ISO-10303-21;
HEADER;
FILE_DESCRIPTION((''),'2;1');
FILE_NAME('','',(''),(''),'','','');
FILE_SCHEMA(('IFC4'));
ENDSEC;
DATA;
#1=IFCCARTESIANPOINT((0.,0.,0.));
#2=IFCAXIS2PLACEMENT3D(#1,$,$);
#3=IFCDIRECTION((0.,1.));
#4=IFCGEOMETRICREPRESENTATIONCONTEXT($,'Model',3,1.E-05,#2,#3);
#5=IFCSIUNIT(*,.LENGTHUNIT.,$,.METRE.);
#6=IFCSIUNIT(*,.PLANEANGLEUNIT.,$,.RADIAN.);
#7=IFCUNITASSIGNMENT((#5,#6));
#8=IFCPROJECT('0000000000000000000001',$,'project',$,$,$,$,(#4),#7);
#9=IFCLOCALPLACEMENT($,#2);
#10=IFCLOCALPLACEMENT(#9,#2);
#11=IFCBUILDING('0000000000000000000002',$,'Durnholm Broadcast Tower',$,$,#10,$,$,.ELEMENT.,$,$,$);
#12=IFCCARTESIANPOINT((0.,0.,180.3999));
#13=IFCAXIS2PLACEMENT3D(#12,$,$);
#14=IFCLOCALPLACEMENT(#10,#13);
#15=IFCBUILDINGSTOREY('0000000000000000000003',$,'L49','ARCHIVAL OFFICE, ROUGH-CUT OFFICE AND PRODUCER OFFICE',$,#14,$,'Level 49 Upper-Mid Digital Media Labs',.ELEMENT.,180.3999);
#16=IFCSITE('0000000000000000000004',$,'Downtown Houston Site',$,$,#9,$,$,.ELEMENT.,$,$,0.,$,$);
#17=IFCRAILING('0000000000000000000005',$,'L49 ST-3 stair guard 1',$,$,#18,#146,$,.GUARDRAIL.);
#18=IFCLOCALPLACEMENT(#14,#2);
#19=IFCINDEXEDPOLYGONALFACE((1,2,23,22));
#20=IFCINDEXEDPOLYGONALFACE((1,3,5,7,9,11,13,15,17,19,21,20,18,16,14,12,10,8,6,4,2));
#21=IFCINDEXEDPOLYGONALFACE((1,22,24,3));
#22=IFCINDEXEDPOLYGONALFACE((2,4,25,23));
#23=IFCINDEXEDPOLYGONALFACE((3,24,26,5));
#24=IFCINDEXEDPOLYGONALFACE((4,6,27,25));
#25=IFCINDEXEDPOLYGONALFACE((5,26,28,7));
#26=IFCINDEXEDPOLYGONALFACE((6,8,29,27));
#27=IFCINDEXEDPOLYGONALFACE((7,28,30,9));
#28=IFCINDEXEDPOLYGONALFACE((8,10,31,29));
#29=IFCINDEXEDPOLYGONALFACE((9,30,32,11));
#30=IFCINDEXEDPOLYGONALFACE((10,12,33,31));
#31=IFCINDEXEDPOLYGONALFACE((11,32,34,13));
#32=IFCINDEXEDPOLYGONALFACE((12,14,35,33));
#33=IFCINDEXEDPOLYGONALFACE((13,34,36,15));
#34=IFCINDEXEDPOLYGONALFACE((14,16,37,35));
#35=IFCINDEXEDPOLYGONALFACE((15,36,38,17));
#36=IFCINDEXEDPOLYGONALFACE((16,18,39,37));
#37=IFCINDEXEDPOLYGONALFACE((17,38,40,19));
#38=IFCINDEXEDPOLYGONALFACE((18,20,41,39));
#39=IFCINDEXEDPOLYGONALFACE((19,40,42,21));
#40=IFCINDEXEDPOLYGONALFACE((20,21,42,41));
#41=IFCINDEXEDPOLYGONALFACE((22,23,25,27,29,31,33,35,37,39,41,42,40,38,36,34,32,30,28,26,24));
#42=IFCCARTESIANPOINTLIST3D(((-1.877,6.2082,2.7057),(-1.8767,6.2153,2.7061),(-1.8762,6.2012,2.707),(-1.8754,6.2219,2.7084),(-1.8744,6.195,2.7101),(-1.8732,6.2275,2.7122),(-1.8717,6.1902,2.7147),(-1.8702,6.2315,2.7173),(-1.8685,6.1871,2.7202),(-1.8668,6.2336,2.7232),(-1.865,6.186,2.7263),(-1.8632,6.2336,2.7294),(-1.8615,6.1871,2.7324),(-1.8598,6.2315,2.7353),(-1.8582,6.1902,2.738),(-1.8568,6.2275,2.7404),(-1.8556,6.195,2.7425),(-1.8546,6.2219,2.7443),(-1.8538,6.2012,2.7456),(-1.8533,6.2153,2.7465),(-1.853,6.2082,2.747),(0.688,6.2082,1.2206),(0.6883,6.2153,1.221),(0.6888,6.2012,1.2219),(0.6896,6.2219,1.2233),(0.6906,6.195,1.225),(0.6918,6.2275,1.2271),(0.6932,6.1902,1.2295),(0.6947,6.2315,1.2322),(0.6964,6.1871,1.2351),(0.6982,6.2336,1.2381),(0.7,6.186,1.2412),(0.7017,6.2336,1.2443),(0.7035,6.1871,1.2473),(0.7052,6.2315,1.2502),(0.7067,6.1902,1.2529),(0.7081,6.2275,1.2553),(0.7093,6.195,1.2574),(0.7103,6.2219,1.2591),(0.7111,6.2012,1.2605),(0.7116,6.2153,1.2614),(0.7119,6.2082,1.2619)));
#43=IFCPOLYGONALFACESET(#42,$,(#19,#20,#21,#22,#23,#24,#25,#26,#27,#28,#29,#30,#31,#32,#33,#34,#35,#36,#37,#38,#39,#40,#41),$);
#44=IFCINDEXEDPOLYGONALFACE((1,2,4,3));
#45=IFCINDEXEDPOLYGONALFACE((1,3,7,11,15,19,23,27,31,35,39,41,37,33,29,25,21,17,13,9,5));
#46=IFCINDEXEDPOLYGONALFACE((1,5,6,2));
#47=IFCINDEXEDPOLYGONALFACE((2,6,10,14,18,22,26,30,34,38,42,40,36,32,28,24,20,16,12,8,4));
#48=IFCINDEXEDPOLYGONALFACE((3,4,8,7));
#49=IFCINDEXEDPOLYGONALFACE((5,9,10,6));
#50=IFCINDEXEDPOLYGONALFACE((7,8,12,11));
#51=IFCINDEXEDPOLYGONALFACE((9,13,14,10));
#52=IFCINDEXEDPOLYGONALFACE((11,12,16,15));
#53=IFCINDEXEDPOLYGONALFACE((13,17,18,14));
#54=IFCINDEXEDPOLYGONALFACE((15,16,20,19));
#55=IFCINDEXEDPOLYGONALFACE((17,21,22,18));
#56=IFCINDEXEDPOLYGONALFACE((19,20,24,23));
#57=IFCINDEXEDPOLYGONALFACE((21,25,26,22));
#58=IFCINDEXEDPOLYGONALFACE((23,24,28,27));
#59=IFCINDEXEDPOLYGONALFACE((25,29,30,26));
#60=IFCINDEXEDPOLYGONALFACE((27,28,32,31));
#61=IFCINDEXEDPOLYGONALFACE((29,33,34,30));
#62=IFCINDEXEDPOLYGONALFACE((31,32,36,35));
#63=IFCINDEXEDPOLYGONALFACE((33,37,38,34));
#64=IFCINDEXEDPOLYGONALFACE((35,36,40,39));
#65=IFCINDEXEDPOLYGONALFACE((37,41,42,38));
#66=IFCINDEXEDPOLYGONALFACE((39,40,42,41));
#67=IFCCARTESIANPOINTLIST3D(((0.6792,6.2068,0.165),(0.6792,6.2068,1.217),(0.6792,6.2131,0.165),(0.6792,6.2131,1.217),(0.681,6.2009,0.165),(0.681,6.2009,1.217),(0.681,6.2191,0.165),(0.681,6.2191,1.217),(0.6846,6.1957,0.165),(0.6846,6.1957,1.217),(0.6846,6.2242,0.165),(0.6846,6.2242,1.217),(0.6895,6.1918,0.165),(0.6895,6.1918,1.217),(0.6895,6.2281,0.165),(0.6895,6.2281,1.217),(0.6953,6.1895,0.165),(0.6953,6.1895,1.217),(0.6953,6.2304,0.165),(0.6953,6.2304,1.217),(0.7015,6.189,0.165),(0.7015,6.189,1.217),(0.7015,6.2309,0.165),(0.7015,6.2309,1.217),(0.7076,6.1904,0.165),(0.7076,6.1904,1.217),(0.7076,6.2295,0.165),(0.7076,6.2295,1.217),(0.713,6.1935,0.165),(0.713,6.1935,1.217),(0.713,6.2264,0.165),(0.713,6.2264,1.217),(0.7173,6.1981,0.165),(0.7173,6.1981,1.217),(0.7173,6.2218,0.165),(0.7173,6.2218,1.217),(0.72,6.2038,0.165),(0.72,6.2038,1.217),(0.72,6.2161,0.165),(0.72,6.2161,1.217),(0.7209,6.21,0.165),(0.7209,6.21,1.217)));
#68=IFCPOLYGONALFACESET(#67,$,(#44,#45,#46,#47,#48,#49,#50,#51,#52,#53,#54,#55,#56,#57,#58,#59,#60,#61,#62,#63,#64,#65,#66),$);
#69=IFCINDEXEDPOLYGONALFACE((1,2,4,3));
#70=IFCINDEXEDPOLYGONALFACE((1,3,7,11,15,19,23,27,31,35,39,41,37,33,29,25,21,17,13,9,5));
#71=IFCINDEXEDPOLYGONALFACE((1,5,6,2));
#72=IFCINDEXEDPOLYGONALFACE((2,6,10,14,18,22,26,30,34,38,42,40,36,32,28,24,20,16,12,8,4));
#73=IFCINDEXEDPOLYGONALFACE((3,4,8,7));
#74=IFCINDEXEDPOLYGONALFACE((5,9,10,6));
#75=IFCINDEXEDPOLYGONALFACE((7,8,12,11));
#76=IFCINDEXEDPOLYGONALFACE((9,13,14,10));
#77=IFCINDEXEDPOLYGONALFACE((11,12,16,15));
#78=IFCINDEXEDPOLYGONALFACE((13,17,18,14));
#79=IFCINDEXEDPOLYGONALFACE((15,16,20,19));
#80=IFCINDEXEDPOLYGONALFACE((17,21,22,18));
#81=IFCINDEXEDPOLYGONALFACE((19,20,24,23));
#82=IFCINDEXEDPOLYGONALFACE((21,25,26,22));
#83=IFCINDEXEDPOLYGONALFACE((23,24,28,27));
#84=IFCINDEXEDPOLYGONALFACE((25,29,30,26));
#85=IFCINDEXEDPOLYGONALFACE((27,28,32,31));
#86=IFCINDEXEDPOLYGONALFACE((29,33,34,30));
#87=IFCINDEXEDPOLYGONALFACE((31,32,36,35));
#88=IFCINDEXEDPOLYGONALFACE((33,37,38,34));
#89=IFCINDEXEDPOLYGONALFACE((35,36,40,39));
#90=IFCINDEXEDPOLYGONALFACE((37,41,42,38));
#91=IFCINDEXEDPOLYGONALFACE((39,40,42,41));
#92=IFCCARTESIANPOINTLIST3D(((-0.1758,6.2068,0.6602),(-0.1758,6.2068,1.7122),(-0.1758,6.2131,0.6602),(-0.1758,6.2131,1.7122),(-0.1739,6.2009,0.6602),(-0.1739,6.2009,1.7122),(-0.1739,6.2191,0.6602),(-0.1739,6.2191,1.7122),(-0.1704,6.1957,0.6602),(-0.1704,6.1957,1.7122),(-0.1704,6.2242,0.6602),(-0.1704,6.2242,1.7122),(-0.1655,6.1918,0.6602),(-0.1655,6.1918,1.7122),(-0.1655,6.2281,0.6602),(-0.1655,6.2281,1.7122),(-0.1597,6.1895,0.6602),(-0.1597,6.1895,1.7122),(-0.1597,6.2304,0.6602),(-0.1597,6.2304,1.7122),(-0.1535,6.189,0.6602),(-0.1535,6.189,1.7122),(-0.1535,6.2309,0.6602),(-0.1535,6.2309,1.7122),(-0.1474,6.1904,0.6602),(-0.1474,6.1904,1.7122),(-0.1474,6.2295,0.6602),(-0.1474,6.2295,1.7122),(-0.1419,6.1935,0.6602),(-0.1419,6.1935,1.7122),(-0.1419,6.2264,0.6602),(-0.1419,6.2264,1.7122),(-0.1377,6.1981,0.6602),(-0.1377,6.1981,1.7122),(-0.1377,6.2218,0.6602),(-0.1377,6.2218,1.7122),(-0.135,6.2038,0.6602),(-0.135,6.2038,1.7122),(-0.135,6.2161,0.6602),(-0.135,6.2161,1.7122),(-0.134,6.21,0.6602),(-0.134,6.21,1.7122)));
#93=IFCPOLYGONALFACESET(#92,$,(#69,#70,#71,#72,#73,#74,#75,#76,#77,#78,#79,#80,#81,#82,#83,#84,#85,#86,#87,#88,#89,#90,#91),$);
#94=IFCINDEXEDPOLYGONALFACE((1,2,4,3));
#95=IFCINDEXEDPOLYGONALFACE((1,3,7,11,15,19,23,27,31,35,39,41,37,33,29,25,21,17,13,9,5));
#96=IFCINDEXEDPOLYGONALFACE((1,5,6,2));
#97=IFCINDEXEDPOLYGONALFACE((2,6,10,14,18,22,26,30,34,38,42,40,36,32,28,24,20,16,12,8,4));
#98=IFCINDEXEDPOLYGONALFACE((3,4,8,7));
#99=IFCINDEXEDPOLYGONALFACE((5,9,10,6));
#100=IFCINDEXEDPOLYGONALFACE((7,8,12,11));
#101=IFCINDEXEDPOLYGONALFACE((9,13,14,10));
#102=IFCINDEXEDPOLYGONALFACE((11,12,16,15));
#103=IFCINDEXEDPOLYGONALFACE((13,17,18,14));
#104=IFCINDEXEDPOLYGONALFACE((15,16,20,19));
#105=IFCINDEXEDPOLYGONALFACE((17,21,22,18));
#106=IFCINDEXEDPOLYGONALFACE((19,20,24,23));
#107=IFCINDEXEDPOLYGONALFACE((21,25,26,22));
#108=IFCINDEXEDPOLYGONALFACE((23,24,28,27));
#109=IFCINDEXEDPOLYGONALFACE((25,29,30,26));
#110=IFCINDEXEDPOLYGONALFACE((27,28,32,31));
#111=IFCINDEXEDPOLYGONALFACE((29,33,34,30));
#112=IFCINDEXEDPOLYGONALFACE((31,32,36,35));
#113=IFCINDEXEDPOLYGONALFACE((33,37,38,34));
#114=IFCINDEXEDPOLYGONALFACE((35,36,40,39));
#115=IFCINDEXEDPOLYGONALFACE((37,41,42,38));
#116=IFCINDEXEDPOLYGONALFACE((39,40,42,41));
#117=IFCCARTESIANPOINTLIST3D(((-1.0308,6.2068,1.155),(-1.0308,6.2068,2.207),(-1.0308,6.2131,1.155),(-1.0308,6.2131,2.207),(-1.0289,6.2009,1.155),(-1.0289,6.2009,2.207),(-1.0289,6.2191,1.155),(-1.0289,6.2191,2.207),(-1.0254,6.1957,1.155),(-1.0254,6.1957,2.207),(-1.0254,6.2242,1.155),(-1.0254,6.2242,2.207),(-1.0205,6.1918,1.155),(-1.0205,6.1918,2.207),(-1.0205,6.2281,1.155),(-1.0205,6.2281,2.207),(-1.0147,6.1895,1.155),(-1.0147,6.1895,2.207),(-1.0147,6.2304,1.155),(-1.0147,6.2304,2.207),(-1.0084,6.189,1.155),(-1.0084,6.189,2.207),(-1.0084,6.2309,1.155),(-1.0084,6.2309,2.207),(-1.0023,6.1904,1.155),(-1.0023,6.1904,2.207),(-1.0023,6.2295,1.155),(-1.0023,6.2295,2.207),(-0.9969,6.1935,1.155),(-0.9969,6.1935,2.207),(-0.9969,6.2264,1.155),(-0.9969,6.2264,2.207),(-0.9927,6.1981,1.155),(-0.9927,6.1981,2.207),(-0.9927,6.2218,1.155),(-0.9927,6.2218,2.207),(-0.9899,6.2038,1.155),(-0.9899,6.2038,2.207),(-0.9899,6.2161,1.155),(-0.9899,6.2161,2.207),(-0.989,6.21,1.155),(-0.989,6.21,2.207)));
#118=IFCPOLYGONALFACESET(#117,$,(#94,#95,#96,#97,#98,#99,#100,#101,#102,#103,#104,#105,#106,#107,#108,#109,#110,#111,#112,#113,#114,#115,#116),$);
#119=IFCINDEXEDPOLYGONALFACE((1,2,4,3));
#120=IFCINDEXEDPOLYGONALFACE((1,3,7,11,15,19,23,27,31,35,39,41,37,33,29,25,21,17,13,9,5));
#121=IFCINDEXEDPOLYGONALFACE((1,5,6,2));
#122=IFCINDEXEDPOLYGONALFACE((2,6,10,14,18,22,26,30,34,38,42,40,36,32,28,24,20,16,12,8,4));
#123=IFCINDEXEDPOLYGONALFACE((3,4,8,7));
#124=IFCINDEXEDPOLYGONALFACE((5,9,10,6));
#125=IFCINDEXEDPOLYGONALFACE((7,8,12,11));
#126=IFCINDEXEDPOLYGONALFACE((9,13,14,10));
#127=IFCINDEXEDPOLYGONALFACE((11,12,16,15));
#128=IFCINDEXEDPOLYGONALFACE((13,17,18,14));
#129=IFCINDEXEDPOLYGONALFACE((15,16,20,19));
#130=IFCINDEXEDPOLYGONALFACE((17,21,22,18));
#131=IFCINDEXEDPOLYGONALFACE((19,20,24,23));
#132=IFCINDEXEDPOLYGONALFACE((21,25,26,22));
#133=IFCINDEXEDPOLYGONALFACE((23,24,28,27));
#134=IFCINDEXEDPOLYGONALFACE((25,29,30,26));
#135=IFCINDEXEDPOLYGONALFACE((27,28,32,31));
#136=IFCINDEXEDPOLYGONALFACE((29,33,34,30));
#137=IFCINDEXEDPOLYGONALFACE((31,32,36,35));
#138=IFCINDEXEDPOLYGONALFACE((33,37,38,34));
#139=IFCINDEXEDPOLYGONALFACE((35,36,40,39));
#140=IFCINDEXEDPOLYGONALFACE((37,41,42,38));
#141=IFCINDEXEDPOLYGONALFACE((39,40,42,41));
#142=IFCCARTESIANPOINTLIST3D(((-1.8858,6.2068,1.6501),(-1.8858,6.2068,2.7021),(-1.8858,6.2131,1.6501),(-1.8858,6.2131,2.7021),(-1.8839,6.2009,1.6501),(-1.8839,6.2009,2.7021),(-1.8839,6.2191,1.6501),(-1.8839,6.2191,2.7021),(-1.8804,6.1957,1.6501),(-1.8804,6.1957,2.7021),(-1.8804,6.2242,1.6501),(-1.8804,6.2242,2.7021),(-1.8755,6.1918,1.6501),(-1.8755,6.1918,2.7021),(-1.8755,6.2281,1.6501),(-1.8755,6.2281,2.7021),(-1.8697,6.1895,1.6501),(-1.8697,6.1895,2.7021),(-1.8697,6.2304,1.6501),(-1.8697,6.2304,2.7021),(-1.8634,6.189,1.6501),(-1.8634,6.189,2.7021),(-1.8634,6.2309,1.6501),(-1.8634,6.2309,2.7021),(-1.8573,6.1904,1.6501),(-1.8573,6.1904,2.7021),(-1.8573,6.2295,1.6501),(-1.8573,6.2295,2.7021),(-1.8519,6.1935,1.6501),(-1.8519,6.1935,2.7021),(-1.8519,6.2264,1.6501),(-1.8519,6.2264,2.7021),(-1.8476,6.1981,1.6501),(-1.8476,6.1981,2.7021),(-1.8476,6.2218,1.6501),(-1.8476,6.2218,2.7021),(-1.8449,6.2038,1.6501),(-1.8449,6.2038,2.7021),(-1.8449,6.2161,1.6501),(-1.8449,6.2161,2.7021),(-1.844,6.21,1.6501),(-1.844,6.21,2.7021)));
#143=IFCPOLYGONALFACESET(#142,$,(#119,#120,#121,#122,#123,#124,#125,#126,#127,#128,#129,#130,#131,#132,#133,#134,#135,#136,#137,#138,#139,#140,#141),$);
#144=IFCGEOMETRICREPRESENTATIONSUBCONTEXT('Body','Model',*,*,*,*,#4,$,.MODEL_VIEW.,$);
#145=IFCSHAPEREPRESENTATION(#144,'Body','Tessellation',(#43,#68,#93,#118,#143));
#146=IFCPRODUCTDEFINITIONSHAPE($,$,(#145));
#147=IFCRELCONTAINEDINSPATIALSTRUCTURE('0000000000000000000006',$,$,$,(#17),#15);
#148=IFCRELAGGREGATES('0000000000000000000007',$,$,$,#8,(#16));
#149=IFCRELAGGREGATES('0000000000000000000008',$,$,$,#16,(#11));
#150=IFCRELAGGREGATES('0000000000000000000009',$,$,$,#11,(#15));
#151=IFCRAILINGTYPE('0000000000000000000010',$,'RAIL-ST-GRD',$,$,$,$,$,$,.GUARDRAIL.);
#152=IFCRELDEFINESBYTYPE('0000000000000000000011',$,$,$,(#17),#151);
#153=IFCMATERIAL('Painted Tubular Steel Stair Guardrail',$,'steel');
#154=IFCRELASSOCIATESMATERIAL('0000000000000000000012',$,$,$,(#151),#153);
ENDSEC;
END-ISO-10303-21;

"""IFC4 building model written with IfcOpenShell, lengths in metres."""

from ifc_helpers import new_model, si_unit, direction, frame, origin, origin_2d, place, context, subcontext, project, spatial, circle, extrude, material, type_object, element, save


model = new_model("IFC4")

# Units and contexts
model_context = context("Model", 3, precision=1e-05, world=origin(), true_north=direction((0.0, 1.0)))
body_context = subcontext(model_context, "Body", "Model", "MODEL_VIEW")
ifc_project = project(units=[si_unit("LENGTHUNIT", "METRE"), si_unit("PLANEANGLEUNIT", "RADIAN")], contexts=[model_context])

# Site, building, storey
site_placement = place(None, origin())
site = spatial("IfcSite", under=ifc_project, at=site_placement, Name="Downtown Houston Site", CompositionType="ELEMENT", RefElevation=0.0)
building_placement = place(site_placement, origin())
building = spatial("IfcBuilding", under=site, at=building_placement, Name="Durnholm Broadcast Tower", CompositionType="ELEMENT")
storey_placement = place(building_placement, frame((0.0, 0.0, 180.3999)))
storey = spatial("IfcBuildingStorey", under=building, at=storey_placement, Name="L49", Description="ARCHIVAL OFFICE, ROUGH-CUT OFFICE AND PRODUCER OFFICE", LongName="Level 49 Upper-Mid Digital Media Labs", CompositionType="ELEMENT", Elevation=180.3999)

# Railing
ifc_material_1 = material(Name="Painted Tubular Steel Stair Guardrail", Category="steel")
railing_type_1 = type_object("IfcRailingType", Name="RAIL-ST-GRD", PredefinedType="GUARDRAIL", material=ifc_material_1)
railing_1_placement = place(storey_placement, frame((0.7, 6.21, 0.165)))
element("IfcRailing", 1, at=railing_1_placement, inside=storey, type_object=railing_type_1, Name="L49 ST-3 stair guard 1", PredefinedType="GUARDRAIL", context=body_context, shape_type="SweptSolid", body=[
    extrude(circle(Radius=0.0239, at=origin_2d()), frame((0.0, 0.0, 1.0762), z_axis=(-0.865406, 0.0, 0.501072), x_axis=(0.0, -1.0, 0.0)), (0.0, 0.0, 1.0), 2.9639),
    extrude(circle(Radius=0.021, at=origin_2d()), origin(), (0.0, 0.0, 1.0), 1.052),
    extrude(circle(Radius=0.021, at=origin_2d()), frame((-0.855, 0.0, 0.4951)), (0.0, 0.0, 1.0), 1.052),
    extrude(circle(Radius=0.021, at=origin_2d()), frame((-1.71, 0.0, 0.99)), (0.0, 0.0, 1.0), 1.052),
    extrude(circle(Radius=0.021, at=origin_2d()), frame((-2.5649, 0.0, 1.4851)), (0.0, 0.0, 1.0), 1.052),
])

save(model, "model.ifc")
